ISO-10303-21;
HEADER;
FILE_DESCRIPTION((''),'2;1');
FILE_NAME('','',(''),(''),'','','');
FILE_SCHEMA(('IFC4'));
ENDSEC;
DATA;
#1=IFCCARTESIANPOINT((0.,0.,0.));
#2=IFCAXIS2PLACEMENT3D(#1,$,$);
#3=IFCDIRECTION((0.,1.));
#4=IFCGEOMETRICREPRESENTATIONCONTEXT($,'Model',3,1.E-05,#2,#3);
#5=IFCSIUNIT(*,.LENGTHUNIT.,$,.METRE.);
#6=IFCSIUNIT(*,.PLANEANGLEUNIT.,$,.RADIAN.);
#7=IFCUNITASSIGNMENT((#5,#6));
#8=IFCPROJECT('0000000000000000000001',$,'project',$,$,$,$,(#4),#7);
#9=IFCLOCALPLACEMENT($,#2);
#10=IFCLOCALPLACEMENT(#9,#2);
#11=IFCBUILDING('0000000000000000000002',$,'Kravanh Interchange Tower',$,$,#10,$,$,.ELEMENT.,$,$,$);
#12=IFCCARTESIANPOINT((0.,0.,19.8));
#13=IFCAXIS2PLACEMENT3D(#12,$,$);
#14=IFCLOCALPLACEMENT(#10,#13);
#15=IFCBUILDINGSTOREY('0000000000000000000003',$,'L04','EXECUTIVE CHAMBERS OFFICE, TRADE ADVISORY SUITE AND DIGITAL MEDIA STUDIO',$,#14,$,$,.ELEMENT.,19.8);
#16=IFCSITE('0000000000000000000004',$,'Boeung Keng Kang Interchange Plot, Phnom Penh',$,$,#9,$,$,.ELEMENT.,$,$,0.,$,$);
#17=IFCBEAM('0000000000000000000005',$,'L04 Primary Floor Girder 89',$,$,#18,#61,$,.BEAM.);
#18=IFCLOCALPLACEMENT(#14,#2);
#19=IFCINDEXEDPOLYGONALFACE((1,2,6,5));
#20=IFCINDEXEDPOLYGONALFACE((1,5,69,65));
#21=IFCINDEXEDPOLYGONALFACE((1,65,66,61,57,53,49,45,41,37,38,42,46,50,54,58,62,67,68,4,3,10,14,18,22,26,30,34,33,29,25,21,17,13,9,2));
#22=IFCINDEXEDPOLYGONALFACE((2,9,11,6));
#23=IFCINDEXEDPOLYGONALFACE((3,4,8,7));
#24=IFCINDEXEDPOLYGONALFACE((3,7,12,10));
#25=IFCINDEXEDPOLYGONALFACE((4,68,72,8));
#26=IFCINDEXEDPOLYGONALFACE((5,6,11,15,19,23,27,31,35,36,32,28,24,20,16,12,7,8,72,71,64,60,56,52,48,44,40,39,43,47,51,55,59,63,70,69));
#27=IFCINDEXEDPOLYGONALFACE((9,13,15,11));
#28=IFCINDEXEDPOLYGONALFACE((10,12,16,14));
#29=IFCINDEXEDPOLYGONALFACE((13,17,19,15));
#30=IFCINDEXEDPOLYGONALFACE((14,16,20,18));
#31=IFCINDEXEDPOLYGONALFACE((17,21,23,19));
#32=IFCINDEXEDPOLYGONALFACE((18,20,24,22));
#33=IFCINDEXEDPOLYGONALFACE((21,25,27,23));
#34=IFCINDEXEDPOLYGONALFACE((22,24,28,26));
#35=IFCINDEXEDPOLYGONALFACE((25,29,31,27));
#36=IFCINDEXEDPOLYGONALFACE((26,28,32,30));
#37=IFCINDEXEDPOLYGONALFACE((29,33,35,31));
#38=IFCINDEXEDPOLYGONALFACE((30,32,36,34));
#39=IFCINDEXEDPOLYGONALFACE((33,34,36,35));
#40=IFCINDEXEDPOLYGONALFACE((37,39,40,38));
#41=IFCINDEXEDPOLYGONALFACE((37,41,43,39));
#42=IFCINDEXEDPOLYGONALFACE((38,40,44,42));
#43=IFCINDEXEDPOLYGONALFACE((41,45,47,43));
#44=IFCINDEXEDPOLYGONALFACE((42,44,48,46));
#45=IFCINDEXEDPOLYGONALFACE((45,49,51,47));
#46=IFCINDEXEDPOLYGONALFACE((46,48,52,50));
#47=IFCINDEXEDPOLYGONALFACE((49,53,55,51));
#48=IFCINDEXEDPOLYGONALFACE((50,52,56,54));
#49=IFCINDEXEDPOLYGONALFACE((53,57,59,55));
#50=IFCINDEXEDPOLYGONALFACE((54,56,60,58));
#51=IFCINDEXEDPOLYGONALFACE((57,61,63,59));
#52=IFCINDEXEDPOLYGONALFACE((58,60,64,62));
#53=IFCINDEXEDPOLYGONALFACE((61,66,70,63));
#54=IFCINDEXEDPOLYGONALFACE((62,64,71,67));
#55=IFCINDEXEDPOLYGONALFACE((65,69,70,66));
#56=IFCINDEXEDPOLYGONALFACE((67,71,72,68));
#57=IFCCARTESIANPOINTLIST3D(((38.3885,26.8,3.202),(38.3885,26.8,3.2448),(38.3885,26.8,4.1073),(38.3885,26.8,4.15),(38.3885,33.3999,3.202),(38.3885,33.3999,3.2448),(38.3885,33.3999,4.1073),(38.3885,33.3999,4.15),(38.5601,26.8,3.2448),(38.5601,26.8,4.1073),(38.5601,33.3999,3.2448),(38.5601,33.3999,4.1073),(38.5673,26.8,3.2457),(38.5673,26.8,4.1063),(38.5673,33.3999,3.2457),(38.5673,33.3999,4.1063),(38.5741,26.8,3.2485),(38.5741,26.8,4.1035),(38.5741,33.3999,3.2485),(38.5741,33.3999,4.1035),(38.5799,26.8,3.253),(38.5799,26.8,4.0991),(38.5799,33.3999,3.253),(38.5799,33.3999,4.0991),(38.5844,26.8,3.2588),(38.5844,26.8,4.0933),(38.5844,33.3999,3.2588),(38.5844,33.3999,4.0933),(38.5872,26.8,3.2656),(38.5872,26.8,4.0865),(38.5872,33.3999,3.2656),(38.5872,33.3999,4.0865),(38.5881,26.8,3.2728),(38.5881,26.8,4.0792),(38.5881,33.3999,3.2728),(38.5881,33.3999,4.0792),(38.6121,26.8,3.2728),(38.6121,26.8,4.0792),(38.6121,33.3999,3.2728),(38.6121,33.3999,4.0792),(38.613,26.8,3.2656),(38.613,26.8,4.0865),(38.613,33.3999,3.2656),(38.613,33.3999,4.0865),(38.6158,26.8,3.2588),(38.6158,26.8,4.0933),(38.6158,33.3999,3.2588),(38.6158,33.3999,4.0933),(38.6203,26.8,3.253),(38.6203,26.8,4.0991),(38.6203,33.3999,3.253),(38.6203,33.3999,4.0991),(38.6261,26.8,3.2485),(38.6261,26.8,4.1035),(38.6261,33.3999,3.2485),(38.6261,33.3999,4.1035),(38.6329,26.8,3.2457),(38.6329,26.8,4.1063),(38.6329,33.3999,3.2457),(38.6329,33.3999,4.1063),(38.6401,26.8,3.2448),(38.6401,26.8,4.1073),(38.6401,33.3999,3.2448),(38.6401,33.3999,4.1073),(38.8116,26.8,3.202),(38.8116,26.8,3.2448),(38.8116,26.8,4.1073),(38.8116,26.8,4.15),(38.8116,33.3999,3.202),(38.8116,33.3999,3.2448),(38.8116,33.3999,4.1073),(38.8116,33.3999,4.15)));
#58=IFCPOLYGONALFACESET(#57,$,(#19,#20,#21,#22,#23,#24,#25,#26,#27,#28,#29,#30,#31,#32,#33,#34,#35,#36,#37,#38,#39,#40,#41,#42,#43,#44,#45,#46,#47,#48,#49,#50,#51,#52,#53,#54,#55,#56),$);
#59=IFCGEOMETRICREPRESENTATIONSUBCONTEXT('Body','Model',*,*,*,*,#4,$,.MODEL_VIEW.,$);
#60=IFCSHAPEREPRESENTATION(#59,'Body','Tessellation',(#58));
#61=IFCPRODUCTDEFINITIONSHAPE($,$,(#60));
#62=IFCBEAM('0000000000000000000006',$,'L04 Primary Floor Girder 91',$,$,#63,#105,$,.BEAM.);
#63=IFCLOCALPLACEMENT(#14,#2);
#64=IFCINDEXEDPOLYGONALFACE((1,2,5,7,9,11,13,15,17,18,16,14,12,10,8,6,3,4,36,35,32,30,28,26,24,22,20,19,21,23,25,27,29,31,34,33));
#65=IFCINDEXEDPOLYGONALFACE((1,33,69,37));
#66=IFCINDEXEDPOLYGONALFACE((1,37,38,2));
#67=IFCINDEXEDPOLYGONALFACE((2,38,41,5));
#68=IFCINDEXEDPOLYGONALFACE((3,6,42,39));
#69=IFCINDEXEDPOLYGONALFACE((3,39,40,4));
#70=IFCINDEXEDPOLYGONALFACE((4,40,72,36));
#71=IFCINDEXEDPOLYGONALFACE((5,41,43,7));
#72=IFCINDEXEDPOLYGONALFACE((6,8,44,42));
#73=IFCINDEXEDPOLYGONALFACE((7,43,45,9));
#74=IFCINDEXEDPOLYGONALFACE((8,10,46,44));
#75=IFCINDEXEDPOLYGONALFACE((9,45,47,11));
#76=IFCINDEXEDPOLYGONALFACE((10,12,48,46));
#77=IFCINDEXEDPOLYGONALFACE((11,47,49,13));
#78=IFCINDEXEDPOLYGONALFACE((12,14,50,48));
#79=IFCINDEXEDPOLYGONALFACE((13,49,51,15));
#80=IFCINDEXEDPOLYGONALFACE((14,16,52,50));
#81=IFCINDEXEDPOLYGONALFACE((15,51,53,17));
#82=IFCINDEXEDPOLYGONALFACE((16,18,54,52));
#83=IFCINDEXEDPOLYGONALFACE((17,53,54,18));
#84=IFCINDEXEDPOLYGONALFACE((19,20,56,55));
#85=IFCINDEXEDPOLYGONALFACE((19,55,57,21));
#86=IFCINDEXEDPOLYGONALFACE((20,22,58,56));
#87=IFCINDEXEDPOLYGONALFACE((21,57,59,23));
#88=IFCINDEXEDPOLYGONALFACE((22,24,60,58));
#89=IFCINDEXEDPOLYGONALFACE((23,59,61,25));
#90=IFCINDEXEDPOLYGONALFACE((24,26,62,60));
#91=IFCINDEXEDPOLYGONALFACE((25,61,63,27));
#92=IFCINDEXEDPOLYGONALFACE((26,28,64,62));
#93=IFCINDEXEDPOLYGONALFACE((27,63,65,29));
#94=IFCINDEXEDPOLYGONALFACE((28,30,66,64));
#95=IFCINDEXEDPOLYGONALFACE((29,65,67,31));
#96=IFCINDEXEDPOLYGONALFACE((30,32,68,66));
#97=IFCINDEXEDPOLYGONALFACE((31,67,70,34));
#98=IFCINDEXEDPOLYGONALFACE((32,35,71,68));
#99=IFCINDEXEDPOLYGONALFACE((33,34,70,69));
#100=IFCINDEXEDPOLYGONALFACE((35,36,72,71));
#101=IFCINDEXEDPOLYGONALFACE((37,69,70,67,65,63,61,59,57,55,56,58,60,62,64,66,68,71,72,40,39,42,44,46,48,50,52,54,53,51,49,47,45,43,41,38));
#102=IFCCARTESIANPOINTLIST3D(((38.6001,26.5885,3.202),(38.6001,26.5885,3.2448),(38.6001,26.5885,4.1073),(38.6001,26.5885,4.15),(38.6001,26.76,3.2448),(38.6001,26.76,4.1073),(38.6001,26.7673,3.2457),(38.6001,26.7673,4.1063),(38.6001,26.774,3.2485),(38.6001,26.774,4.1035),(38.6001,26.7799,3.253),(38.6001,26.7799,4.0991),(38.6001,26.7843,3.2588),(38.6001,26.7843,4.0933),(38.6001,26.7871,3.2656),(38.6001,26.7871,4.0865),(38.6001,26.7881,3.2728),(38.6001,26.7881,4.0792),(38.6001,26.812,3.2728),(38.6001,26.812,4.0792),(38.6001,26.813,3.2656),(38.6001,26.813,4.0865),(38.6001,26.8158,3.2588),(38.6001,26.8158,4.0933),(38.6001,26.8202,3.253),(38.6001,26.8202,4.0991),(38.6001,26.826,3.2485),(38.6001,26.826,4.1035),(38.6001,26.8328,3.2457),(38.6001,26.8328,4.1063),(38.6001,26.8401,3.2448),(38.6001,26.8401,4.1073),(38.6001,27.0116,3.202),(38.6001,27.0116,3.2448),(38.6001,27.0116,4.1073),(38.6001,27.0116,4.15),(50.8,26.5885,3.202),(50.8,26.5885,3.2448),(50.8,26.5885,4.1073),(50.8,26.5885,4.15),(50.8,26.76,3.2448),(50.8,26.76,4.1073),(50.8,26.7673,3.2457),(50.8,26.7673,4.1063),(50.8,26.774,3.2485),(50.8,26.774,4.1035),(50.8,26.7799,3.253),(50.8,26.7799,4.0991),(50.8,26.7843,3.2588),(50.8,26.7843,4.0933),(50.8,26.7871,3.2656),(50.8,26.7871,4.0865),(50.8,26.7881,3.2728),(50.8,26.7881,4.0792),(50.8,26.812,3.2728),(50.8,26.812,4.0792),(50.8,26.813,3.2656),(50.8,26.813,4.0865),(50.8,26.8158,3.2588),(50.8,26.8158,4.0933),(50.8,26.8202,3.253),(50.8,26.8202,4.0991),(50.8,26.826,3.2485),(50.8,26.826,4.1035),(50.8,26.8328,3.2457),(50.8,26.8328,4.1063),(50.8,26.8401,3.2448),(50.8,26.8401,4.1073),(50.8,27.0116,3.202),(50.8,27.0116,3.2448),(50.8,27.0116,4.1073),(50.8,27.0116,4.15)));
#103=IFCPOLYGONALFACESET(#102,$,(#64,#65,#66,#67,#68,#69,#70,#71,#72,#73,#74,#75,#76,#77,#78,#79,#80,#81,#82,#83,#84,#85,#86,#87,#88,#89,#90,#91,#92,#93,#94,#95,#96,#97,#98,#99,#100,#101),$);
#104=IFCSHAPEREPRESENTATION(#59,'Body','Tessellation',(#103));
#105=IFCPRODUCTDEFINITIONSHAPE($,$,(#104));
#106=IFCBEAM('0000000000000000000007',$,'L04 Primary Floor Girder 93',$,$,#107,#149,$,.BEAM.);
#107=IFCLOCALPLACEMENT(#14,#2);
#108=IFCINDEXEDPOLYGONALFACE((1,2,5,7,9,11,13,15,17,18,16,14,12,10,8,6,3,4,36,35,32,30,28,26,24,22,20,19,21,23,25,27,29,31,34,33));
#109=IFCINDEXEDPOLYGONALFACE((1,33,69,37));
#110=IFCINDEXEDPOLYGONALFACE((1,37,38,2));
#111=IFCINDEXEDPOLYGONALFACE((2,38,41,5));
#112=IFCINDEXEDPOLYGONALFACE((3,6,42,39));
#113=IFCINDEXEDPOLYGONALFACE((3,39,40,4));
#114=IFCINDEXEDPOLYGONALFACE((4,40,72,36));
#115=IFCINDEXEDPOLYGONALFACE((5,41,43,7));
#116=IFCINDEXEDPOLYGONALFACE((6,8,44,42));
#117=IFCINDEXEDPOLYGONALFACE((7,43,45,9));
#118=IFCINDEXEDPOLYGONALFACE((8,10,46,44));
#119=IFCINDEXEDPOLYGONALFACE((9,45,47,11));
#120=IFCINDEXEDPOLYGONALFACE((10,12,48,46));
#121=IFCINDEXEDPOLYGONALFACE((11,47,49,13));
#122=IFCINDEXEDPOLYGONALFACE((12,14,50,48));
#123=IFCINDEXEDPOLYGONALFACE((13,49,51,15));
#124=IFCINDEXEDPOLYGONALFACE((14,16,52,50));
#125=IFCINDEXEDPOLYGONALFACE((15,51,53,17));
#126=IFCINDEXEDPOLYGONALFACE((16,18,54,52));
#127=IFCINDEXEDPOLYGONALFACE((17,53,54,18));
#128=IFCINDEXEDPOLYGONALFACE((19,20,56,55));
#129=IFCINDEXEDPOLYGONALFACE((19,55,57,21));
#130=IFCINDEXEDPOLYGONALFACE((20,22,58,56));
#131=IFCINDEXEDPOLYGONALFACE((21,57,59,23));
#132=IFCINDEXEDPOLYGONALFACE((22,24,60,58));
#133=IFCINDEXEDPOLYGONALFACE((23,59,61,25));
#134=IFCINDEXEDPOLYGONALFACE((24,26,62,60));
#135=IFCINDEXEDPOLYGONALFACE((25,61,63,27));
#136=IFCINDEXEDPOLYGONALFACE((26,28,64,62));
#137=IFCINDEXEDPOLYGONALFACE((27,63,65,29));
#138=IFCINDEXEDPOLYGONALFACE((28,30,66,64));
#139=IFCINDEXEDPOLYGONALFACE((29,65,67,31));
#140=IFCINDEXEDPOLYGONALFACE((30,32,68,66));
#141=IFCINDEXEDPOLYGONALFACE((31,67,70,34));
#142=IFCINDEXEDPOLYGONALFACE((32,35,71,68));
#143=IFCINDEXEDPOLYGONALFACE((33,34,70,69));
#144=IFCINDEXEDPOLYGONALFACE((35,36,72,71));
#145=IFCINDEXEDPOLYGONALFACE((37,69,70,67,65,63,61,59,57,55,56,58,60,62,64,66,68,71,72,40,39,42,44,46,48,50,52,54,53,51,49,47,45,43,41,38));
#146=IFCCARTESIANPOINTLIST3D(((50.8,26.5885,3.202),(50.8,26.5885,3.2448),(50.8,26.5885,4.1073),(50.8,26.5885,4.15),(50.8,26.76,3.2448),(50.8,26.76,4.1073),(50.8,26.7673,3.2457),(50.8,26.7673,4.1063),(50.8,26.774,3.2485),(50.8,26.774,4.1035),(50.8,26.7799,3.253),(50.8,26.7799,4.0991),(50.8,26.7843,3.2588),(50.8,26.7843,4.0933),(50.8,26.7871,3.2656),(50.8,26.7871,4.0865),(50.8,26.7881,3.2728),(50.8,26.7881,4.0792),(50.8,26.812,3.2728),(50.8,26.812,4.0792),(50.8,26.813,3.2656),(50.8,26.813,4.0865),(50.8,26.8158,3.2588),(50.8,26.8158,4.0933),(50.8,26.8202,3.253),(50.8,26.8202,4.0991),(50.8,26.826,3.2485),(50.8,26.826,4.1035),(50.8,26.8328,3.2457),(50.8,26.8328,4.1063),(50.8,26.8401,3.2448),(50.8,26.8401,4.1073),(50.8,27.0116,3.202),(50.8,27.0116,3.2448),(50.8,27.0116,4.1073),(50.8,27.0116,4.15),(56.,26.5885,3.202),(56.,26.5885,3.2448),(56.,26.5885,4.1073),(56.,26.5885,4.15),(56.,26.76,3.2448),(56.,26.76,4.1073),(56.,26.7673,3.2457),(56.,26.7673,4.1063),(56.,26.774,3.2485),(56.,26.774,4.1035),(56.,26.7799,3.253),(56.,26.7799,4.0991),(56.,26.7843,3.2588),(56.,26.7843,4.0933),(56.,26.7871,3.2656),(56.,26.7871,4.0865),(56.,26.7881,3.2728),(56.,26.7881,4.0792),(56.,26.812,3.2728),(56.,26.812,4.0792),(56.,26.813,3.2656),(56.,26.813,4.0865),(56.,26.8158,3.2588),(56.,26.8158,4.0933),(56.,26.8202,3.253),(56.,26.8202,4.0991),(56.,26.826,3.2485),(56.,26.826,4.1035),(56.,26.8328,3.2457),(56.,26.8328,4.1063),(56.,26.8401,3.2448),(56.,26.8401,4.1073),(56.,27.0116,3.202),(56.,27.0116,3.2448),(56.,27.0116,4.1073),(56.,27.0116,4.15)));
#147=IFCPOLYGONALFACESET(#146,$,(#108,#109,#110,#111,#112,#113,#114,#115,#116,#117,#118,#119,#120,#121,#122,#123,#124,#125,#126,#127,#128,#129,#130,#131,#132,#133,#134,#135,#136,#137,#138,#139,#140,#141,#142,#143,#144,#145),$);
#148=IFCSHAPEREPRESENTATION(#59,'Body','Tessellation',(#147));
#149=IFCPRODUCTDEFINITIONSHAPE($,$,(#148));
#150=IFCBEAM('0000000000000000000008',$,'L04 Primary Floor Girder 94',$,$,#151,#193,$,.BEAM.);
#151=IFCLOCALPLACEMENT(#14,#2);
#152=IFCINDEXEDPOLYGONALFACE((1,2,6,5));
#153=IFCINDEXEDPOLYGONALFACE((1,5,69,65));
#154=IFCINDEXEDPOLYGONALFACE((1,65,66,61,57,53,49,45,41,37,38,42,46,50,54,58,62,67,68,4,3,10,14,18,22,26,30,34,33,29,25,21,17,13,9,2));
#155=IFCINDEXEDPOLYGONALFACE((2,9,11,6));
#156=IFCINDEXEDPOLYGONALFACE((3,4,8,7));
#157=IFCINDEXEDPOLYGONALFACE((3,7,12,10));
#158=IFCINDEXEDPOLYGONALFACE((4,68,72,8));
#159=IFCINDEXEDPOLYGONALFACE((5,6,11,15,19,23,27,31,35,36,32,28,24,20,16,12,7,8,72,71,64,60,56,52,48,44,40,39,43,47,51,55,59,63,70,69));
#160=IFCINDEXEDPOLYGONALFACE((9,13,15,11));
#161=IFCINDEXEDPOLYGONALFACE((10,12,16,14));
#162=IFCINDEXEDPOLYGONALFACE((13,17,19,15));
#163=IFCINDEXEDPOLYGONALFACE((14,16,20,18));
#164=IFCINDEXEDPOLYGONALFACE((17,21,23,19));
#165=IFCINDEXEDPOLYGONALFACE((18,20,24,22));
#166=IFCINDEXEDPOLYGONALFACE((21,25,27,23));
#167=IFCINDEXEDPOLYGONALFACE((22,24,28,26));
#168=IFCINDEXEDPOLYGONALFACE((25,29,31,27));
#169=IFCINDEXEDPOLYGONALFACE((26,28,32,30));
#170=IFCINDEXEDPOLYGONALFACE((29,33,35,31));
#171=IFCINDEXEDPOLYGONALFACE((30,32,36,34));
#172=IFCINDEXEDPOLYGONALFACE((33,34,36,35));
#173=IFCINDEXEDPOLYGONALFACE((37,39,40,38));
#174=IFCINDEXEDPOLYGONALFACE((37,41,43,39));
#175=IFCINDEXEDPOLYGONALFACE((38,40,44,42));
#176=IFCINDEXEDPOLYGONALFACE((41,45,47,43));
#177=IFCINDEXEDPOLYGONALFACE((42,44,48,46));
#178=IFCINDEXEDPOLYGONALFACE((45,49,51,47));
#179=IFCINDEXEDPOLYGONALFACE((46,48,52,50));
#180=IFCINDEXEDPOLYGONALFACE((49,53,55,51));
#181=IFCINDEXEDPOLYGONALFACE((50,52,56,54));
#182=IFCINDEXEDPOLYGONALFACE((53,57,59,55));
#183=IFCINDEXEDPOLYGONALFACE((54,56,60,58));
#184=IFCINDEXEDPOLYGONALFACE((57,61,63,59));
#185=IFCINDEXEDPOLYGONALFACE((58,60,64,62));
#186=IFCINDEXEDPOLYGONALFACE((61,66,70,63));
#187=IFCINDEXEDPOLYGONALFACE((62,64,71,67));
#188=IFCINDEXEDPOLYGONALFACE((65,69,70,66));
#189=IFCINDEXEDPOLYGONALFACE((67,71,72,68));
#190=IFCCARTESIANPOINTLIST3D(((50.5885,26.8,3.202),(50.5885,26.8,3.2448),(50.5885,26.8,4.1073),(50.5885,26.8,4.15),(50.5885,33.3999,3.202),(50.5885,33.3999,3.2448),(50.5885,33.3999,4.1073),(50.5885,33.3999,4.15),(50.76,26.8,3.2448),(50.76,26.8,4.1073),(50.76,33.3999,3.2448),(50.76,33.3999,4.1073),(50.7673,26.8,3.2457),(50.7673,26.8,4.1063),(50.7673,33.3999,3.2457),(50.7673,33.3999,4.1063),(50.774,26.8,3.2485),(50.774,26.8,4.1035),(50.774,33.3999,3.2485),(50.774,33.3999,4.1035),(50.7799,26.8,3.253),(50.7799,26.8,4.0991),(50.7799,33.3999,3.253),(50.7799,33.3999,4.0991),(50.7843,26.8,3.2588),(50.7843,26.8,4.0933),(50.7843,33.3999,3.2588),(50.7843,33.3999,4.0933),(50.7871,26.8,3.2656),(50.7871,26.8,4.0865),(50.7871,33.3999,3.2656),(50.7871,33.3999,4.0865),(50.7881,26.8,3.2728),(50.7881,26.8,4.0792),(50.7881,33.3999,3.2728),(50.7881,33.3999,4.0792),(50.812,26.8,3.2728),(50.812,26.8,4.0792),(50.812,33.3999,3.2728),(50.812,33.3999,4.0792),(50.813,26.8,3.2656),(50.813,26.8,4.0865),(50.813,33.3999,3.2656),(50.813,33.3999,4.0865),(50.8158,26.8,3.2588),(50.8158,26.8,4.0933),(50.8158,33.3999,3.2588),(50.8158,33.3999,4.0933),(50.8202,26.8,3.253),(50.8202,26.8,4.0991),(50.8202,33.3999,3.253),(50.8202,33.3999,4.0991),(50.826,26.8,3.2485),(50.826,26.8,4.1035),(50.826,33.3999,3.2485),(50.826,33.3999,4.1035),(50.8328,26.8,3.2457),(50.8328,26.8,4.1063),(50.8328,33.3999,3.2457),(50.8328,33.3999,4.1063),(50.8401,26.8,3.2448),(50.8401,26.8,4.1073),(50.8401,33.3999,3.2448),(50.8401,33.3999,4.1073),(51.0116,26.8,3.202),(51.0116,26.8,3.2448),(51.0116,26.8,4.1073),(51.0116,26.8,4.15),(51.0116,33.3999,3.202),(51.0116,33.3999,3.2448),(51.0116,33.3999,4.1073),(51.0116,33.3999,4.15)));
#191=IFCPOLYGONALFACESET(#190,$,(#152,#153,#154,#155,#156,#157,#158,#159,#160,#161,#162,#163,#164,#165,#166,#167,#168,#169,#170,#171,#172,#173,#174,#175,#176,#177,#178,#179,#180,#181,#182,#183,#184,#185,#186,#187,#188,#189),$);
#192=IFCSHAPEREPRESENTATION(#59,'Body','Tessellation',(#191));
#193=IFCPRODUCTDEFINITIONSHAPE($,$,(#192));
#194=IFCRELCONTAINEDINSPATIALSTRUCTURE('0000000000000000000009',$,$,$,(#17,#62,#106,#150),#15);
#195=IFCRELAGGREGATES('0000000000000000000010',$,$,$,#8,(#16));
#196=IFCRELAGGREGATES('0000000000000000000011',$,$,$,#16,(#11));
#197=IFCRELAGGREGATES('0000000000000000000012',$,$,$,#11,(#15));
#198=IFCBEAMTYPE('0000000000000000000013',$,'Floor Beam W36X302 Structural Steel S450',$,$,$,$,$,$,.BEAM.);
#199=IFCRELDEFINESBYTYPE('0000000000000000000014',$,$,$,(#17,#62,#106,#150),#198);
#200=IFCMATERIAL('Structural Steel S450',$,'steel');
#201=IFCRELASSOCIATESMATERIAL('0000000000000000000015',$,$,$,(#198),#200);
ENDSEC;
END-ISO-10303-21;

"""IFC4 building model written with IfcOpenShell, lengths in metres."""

from ifc_helpers import new_model, si_unit, direction, frame, origin, origin_2d, place, context, subcontext, project, spatial, i_section, extrude, material, material_profile, profile_set, type_object, element, save


model = new_model("IFC4")

# Units and contexts
model_context = context("Model", 3, precision=1e-05, world=origin(), true_north=direction((0.0, 1.0)))
body_context = subcontext(model_context, "Body", "Model", "MODEL_VIEW")
ifc_project = project(units=[si_unit("LENGTHUNIT", "METRE"), si_unit("PLANEANGLEUNIT", "RADIAN")], contexts=[model_context])

# Site, building, storey
site_placement = place(None, origin())
site = spatial("IfcSite", under=ifc_project, at=site_placement, Name="Boeung Keng Kang Interchange Plot, Phnom Penh", CompositionType="ELEMENT", RefElevation=0.0)
building_placement = place(site_placement, origin())
building = spatial("IfcBuilding", under=site, at=building_placement, Name="Kravanh Interchange Tower", CompositionType="ELEMENT")
storey_placement = place(building_placement, frame((0.0, 0.0, 19.8)))
storey = spatial("IfcBuildingStorey", under=building, at=storey_placement, Name="L04", Description="EXECUTIVE CHAMBERS OFFICE, TRADE ADVISORY SUITE AND DIGITAL MEDIA STUDIO", CompositionType="ELEMENT", Elevation=19.8)

# Beams
ifc_material_1 = material(Name="Structural Steel S450", Category="steel")
ifc_material_profile_1 = material_profile(ifc_material_1, i_section(OverallWidth=0.4231, OverallDepth=0.948, WebThickness=0.0239, FlangeThickness=0.0427, FilletRadius=0.0281, at=origin_2d()), Name="W36X302")
ifc_profile_set_1 = profile_set([ifc_material_profile_1], Name="Structural Steel S450")
beam_type_1 = type_object("IfcBeamType", Name="Floor Beam W36X302 Structural Steel S450", PredefinedType="BEAM", material=ifc_profile_set_1)
beam_1_placement = place(storey_placement, frame((38.6001, 26.8, 3.676), z_axis=(0.0, 1.0, 0.0), x_axis=(-1.0, 0.0, 0.0)))
element("IfcBeam", 1, at=beam_1_placement, inside=storey, type_object=beam_type_1, Name="L04 Primary Floor Girder 89", PredefinedType="BEAM", context=body_context, shape_type="SweptSolid", body=[
    extrude(i_section(OverallWidth=0.4231, OverallDepth=0.948, WebThickness=0.0239, FlangeThickness=0.0427, FilletRadius=0.0281, at=origin_2d()), origin(), (0.0, 0.0, 1.0), 6.5999),
])
beam_2_placement = place(storey_placement, frame((38.6001, 26.8, 3.676), z_axis=(1.0, 0.0, 0.0), x_axis=(0.0, 1.0, 0.0)))
element("IfcBeam", 2, at=beam_2_placement, inside=storey, type_object=beam_type_1, Name="L04 Primary Floor Girder 91", PredefinedType="BEAM", context=body_context, shape_type="SweptSolid", body=[
    extrude(i_section(OverallWidth=0.4231, OverallDepth=0.948, WebThickness=0.0239, FlangeThickness=0.0427, FilletRadius=0.0281, at=origin_2d()), origin(), (0.0, 0.0, 1.0), 12.2),
])
beam_3_placement = place(storey_placement, frame((50.8, 26.8, 3.676), z_axis=(1.0, 0.0, 0.0), x_axis=(0.0, 1.0, 0.0)))
element("IfcBeam", 3, at=beam_3_placement, inside=storey, type_object=beam_type_1, Name="L04 Primary Floor Girder 93", PredefinedType="BEAM", context=body_context, shape_type="SweptSolid", body=[
    extrude(i_section(OverallWidth=0.4231, OverallDepth=0.948, WebThickness=0.0239, FlangeThickness=0.0427, FilletRadius=0.0281, at=origin_2d()), origin(), (0.0, 0.0, 1.0), 5.2),
])
beam_4_placement = place(storey_placement, frame((50.8, 26.8, 3.676), z_axis=(0.0, 1.0, 0.0), x_axis=(-1.0, 0.0, 0.0)))
element("IfcBeam", 4, at=beam_4_placement, inside=storey, type_object=beam_type_1, Name="L04 Primary Floor Girder 94", PredefinedType="BEAM", context=body_context, shape_type="SweptSolid", body=[
    extrude(i_section(OverallWidth=0.4231, OverallDepth=0.948, WebThickness=0.0239, FlangeThickness=0.0427, FilletRadius=0.0281, at=origin_2d()), origin(), (0.0, 0.0, 1.0), 6.5999),
])

save(model, "model.ifc")
